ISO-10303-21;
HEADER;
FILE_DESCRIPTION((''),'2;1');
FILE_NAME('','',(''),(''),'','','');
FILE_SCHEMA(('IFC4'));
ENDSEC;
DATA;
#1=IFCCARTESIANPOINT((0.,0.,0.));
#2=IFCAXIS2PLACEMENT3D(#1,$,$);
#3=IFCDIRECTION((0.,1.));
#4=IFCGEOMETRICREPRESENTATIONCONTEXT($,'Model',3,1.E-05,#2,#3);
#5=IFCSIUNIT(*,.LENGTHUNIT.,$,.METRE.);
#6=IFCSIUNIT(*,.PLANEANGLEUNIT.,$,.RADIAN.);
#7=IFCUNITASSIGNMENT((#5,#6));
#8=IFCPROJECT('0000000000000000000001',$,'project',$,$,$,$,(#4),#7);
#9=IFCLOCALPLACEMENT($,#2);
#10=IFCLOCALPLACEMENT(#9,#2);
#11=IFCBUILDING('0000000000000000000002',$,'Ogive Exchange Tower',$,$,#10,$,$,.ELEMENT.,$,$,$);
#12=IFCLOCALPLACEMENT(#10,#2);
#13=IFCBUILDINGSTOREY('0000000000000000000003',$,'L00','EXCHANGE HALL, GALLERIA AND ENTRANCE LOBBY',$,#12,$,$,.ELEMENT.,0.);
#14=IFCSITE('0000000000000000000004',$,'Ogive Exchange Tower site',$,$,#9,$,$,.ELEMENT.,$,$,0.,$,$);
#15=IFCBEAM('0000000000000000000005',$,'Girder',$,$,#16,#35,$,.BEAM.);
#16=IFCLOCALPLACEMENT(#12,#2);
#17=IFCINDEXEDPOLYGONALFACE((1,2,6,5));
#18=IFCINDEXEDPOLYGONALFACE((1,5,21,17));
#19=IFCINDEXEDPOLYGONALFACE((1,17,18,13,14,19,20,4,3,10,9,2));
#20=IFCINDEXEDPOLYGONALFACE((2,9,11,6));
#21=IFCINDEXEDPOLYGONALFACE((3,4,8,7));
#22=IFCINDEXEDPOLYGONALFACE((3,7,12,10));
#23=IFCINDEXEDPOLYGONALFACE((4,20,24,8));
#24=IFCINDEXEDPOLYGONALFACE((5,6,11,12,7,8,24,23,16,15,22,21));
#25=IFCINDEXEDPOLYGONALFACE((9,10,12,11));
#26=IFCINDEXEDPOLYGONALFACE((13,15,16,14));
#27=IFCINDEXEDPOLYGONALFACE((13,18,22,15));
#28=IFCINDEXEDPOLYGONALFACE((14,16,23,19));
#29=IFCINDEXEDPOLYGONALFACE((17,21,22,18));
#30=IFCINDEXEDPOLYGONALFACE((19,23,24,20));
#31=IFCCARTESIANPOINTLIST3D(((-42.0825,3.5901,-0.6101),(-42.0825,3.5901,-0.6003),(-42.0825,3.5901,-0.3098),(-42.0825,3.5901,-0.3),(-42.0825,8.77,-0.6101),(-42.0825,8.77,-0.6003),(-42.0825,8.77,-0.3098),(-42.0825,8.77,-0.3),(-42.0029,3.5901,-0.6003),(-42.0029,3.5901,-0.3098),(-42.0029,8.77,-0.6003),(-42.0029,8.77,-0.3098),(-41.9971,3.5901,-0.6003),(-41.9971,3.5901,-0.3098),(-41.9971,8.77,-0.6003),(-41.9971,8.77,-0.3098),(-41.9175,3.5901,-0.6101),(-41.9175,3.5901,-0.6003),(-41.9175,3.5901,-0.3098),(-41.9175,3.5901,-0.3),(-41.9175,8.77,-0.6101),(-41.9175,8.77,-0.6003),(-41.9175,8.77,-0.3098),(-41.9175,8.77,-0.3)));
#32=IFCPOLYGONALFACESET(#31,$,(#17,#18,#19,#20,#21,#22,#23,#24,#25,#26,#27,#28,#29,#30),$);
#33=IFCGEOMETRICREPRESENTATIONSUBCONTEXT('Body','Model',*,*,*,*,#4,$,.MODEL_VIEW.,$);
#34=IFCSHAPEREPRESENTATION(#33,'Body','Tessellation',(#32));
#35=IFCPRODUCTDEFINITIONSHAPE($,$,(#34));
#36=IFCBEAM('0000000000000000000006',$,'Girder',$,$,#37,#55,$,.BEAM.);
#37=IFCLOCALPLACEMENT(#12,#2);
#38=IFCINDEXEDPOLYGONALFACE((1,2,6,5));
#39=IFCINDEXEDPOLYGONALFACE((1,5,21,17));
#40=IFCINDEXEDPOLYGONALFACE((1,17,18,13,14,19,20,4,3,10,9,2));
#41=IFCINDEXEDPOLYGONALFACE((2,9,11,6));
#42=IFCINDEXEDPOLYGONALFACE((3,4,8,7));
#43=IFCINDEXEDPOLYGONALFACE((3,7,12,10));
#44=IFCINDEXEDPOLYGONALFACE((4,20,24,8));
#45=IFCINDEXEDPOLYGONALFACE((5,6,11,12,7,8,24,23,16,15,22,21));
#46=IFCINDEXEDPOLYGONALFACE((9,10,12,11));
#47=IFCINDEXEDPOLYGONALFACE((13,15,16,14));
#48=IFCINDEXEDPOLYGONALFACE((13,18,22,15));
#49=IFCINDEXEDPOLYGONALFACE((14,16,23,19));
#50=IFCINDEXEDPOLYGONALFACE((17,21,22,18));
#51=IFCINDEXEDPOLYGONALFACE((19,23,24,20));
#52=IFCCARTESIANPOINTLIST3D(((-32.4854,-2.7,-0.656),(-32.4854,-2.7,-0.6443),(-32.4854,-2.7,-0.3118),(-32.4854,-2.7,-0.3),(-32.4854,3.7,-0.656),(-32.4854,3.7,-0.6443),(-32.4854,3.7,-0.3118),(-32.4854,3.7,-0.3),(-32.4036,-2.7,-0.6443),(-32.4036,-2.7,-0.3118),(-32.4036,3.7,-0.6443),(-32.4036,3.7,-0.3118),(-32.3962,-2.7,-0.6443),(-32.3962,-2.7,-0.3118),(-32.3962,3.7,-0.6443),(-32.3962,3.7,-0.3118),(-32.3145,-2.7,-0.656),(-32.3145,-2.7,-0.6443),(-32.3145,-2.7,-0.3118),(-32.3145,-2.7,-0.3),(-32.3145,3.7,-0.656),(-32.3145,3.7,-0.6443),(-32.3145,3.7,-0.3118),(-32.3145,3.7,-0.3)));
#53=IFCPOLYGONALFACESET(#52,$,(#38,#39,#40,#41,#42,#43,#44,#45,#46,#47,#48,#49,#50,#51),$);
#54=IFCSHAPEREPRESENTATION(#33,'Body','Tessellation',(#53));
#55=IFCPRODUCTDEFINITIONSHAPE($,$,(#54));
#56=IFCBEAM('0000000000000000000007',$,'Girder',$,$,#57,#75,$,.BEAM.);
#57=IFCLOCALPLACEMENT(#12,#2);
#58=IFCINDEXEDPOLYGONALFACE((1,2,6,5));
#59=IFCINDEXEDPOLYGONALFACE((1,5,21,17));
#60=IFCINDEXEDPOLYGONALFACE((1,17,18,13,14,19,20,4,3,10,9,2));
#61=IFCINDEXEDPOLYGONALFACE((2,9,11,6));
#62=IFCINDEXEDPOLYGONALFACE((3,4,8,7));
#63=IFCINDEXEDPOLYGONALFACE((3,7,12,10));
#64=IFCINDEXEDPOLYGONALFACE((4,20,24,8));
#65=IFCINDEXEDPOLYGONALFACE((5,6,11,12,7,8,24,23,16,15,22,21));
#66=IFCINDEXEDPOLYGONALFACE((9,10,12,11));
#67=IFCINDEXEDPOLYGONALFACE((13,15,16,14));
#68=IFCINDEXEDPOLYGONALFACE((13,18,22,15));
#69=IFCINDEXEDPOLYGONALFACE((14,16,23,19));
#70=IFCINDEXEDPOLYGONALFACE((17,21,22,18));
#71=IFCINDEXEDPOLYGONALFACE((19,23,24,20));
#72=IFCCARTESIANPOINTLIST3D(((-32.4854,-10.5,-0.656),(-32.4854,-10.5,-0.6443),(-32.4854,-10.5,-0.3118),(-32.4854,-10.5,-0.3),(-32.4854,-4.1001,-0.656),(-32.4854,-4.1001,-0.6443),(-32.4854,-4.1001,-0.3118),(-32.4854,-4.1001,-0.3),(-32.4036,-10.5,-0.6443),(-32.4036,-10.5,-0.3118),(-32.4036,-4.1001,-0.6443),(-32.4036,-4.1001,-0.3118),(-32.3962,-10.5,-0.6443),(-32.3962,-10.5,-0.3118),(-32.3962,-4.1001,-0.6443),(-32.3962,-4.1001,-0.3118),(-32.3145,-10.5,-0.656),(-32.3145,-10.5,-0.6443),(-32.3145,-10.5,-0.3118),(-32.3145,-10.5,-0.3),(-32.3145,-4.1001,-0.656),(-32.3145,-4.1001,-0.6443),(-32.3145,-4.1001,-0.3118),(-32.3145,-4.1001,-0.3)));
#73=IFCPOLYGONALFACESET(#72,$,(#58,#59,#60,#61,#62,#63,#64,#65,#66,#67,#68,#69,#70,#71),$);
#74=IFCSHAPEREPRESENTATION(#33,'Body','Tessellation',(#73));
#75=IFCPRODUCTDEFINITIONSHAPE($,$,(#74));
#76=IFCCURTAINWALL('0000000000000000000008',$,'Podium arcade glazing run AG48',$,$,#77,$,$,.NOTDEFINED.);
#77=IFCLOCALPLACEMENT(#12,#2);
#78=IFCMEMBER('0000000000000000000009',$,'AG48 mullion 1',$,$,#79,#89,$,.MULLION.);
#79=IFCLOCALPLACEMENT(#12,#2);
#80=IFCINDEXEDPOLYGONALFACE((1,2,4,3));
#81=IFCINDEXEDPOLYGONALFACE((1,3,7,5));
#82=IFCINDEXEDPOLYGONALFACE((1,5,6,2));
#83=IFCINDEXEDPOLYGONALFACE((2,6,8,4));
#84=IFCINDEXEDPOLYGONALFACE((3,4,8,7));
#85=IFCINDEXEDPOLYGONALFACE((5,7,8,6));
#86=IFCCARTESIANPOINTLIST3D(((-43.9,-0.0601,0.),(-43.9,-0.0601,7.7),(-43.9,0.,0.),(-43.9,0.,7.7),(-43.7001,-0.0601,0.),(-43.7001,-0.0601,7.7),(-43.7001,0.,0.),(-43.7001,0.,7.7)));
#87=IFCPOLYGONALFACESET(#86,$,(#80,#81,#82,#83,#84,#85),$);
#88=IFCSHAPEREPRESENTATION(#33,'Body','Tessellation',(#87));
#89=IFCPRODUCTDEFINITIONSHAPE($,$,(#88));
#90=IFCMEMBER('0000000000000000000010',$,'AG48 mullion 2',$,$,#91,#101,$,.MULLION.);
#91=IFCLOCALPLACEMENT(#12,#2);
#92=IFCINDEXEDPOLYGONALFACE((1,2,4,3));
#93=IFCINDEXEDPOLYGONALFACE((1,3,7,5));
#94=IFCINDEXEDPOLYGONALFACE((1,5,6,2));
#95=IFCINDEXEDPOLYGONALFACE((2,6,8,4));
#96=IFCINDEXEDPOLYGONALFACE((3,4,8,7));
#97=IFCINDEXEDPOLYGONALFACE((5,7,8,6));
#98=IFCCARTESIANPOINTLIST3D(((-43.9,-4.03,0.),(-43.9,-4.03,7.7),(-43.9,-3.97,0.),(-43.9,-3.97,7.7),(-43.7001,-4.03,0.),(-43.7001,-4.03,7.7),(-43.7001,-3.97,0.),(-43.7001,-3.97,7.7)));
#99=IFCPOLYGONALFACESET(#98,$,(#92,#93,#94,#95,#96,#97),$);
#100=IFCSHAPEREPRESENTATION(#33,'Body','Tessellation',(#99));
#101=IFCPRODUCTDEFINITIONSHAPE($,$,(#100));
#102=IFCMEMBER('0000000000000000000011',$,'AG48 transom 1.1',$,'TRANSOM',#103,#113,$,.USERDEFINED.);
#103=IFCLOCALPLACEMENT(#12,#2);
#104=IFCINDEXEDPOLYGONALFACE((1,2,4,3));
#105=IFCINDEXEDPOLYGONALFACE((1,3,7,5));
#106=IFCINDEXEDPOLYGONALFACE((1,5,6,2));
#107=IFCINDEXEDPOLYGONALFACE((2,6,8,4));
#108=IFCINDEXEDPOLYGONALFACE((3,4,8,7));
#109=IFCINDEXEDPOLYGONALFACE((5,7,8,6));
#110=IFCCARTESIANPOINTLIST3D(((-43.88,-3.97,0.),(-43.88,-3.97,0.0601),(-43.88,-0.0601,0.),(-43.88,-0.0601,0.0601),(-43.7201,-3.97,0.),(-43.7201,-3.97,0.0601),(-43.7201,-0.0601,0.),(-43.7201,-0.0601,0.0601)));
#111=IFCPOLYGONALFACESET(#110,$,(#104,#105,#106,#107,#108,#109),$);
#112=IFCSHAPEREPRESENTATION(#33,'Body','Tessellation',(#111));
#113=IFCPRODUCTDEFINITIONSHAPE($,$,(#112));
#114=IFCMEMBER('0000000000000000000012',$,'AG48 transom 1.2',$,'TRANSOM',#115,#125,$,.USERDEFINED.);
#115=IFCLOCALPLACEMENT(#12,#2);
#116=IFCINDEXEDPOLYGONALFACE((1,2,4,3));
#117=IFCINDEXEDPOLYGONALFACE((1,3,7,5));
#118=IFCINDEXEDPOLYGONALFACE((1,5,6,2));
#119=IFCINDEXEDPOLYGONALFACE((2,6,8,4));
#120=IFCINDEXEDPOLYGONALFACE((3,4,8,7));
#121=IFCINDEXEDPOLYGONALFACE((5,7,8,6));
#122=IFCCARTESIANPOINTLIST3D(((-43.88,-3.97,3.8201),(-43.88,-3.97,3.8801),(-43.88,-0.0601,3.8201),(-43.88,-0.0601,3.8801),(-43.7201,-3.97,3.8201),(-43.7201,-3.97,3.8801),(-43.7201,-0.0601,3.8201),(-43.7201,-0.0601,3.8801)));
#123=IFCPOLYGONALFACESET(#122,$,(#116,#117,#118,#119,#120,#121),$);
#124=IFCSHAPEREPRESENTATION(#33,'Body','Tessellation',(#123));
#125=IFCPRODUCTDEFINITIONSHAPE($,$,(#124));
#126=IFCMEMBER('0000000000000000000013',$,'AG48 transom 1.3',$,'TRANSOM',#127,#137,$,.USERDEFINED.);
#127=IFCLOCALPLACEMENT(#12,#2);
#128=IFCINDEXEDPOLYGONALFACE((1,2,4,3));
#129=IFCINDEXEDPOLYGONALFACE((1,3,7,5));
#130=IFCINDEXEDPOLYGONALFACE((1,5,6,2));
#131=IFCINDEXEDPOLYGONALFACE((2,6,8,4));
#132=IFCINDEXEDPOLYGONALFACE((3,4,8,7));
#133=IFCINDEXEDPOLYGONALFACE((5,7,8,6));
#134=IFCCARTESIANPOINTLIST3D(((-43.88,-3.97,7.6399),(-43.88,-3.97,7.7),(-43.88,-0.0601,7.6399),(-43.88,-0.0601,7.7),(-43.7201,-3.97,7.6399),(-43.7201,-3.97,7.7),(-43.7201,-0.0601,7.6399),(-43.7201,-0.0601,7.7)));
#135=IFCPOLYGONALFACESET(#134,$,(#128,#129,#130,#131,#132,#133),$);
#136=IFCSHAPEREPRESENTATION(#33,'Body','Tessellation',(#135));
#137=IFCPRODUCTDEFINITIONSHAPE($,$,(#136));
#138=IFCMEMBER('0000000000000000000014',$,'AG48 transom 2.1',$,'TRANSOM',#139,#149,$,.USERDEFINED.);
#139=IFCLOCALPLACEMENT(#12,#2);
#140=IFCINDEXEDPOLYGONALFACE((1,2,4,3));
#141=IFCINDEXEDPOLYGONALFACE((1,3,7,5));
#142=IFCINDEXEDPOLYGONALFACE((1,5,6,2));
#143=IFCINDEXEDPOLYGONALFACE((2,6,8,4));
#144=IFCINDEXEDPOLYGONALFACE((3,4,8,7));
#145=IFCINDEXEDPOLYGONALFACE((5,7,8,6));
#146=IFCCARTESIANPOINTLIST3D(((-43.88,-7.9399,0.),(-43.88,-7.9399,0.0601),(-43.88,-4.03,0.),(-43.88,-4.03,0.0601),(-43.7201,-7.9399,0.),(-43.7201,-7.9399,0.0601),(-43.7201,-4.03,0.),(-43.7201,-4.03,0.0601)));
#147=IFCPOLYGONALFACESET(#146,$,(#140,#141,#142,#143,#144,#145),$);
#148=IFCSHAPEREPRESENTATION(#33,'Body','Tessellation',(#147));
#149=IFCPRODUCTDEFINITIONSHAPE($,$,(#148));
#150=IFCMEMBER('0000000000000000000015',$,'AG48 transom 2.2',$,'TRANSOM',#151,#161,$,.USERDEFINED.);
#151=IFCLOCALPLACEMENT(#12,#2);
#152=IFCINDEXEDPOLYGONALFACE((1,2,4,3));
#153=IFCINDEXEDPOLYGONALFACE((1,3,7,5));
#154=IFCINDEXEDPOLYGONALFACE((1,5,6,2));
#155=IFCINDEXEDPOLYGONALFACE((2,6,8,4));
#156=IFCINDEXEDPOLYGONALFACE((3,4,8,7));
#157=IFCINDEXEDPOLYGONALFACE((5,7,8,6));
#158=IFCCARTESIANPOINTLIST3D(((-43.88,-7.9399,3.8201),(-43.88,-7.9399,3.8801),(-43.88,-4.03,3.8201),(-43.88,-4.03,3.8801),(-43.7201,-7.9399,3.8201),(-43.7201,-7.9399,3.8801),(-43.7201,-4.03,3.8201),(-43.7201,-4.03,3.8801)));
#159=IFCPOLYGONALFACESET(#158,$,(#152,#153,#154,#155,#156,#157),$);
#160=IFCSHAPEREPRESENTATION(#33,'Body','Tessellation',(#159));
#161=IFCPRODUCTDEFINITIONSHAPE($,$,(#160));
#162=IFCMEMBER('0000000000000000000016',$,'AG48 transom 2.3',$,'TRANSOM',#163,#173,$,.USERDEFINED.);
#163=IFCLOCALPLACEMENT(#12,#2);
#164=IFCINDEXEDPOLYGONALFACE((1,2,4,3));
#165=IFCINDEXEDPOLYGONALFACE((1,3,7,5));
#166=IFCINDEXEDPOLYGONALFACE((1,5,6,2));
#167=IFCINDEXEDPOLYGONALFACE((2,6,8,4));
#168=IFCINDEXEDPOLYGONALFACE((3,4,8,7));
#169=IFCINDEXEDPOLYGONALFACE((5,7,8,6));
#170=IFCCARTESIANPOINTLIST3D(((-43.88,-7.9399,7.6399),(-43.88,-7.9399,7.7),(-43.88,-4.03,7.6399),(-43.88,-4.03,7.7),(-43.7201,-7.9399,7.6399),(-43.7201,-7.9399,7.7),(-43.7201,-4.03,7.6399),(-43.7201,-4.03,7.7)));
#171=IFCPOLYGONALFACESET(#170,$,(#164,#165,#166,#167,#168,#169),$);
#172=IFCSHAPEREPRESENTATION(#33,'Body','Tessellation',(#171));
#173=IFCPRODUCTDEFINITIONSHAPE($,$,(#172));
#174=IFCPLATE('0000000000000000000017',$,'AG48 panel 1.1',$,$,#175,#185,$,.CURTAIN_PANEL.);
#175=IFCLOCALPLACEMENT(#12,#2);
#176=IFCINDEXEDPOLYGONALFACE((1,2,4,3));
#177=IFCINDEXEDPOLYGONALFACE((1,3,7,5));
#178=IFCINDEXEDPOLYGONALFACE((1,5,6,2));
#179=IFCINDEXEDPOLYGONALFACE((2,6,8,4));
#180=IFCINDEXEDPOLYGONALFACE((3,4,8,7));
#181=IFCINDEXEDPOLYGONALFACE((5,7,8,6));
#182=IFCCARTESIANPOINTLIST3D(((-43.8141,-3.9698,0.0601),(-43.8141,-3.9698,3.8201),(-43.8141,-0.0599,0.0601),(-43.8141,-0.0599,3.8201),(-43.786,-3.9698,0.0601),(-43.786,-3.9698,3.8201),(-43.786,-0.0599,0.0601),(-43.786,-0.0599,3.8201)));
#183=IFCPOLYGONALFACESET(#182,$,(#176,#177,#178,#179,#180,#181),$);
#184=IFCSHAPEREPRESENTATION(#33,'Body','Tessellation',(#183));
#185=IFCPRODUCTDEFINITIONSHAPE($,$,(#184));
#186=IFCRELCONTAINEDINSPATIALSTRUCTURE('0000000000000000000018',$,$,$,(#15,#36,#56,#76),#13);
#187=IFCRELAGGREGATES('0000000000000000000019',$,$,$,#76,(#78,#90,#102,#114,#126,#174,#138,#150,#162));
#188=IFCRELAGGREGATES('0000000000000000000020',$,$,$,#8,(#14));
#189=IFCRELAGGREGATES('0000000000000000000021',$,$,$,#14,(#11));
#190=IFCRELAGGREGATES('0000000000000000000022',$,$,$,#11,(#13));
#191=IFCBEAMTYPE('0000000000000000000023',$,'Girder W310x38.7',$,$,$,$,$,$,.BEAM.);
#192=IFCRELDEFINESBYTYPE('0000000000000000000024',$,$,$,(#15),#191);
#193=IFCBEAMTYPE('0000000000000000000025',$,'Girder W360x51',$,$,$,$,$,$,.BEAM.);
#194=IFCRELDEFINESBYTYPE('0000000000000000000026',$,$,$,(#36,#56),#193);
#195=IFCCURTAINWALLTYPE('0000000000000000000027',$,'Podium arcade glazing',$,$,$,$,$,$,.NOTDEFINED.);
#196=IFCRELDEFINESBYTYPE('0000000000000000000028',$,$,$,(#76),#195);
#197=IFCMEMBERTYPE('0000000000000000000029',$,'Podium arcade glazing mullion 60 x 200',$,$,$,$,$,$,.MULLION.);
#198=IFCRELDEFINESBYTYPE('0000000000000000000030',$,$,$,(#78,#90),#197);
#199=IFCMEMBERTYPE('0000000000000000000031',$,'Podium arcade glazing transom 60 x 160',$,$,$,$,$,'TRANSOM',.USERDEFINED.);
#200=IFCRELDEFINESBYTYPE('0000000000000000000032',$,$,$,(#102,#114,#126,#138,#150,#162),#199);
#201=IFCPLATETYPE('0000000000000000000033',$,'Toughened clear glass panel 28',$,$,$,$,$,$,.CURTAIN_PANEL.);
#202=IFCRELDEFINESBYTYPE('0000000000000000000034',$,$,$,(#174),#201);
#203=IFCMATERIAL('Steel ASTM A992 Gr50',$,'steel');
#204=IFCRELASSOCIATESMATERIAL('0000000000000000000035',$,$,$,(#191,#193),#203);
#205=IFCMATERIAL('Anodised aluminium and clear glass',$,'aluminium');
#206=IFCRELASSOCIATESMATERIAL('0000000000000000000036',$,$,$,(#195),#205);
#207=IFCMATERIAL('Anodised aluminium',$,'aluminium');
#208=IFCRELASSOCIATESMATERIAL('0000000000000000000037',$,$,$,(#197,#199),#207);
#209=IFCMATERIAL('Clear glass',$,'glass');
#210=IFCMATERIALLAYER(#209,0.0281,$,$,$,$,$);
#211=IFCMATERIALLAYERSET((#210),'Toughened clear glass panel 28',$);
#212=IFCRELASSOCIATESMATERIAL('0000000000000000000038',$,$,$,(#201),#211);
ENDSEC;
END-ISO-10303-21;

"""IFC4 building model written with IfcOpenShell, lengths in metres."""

from ifc_helpers import new_model, si_unit, direction, frame, origin, origin_2d, place, context, subcontext, project, spatial, rectangle, i_section, extrude, material, layer, layer_set, material_profile, profile_set, type_object, element, aggregate, save


model = new_model("IFC4")

# Units and contexts
model_context = context("Model", 3, precision=1e-05, world=origin(), true_north=direction((0.0, 1.0)))
body_context = subcontext(model_context, "Body", "Model", "MODEL_VIEW")
ifc_project = project(units=[si_unit("LENGTHUNIT", "METRE"), si_unit("PLANEANGLEUNIT", "RADIAN")], contexts=[model_context])

# Site, building, storey
site_placement = place(None, origin())
site = spatial("IfcSite", under=ifc_project, at=site_placement, Name="Ogive Exchange Tower site", CompositionType="ELEMENT", RefElevation=0.0)
building_placement = place(site_placement, origin())
building = spatial("IfcBuilding", under=site, at=building_placement, Name="Ogive Exchange Tower", CompositionType="ELEMENT")
storey_placement = place(building_placement, origin())
storey = spatial("IfcBuildingStorey", under=building, at=storey_placement, Name="L00", Description="EXCHANGE HALL, GALLERIA AND ENTRANCE LOBBY", CompositionType="ELEMENT", Elevation=0.0)

# Beams
ifc_material_1 = material(Name="Steel ASTM A992 Gr50", Category="steel")
ifc_material_profile_1 = material_profile(ifc_material_1, i_section(OverallWidth=0.165, OverallDepth=0.3101, WebThickness=0.0059, FlangeThickness=0.0098, at=origin_2d()), Name="W310x38.7")
ifc_profile_set_1 = profile_set([ifc_material_profile_1], Name="Steel ASTM A992 Gr50")
beam_type_1 = type_object("IfcBeamType", Name="Girder W310x38.7", PredefinedType="BEAM", material=ifc_profile_set_1)
beam_1_placement = place(storey_placement, frame((-42.0, 3.5901, -0.4551), z_axis=(0.0, 1.0, 0.0), x_axis=(-1.0, 0.0, 0.0)))
element("IfcBeam", 1, at=beam_1_placement, inside=storey, type_object=beam_type_1, Name="Girder", PredefinedType="BEAM", context=body_context, shape_type="SweptSolid", body=[
    extrude(i_section(OverallWidth=0.165, OverallDepth=0.3101, WebThickness=0.0059, FlangeThickness=0.0098, at=origin_2d()), origin(), (0.0, 0.0, 1.0), 5.1799),
])
ifc_material_profile_2 = material_profile(ifc_material_1, i_section(OverallWidth=0.1709, OverallDepth=0.356, WebThickness=0.0073, FlangeThickness=0.0117, at=origin_2d()), Name="W360x51")
ifc_profile_set_2 = profile_set([ifc_material_profile_2], Name="Steel ASTM A992 Gr50")
beam_type_2 = type_object("IfcBeamType", Name="Girder W360x51", PredefinedType="BEAM", material=ifc_profile_set_2)
for number, where, z_axis, x_axis, name in (
    (2, (-32.3999, 3.7, -0.478), (0.0, -1.0, 0.0), (1.0, 0.0, 0.0), "Girder"),
    (3, (-32.3999, -4.1001, -0.478), (0.0, -1.0, 0.0), (1.0, 0.0, 0.0), "Girder"),
):
    element("IfcBeam", number, at=place(storey_placement, frame(where, z_axis=z_axis, x_axis=x_axis)), inside=storey, type_object=beam_type_2, Name=name, PredefinedType="BEAM", context=body_context, shape_type="SweptSolid", body=[
        extrude(i_section(OverallWidth=0.1709, OverallDepth=0.356, WebThickness=0.0073, FlangeThickness=0.0117, at=origin_2d()), origin(), (0.0, 0.0, 1.0), 6.3999),
    ])

# Curtain wall, members, plate
ifc_material_2 = material(Name="Anodised aluminium and clear glass", Category="aluminium")
curtain_wall_type = type_object("IfcCurtainWallType", Name="Podium arcade glazing", PredefinedType="NOTDEFINED", material=ifc_material_2)
curtain_wall_placement = place(storey_placement, origin())
curtain_wall = element("IfcCurtainWall", 4, at=curtain_wall_placement, inside=storey, type_object=curtain_wall_type, Name="Podium arcade glazing run AG48", PredefinedType="NOTDEFINED")
ifc_material_3 = material(Name="Anodised aluminium", Category="aluminium")
ifc_material_profile_3 = material_profile(ifc_material_3, rectangle(XDim=0.2, YDim=0.0601, at=origin_2d()), Name="AL 60x200")
ifc_profile_set_3 = profile_set([ifc_material_profile_3], Name="Anodised aluminium")
member_type_1 = type_object("IfcMemberType", Name="Podium arcade glazing mullion 60 x 200", PredefinedType="MULLION", material=ifc_profile_set_3)
member_1_placement = place(storey_placement, frame((-43.8, -0.03, 0.0), z_axis=(0.0, 0.0, 1.0), x_axis=(1.0, 0.0, 0.0)))
member_1 = element("IfcMember", 5, at=member_1_placement, type_object=member_type_1, Name="AG48 mullion 1", PredefinedType="MULLION", context=body_context, shape_type="SweptSolid", body=[
    extrude(rectangle(XDim=0.2, YDim=0.0601, at=origin_2d()), origin(), (0.0, 0.0, 1.0), 7.7),
])
member_2_placement = place(storey_placement, frame((-43.8, -4.0, 0.0), z_axis=(0.0, 0.0, 1.0), x_axis=(1.0, 0.0, 0.0)))
member_2 = element("IfcMember", 6, at=member_2_placement, type_object=member_type_1, Name="AG48 mullion 2", PredefinedType="MULLION", context=body_context, shape_type="SweptSolid", body=[
    extrude(rectangle(XDim=0.2, YDim=0.0601, at=origin_2d()), origin(), (0.0, 0.0, 1.0), 7.7),
])
ifc_material_profile_4 = material_profile(ifc_material_3, rectangle(XDim=0.1599, YDim=0.0601, at=origin_2d()), Name="AL 60x160")
ifc_profile_set_4 = profile_set([ifc_material_profile_4], Name="Anodised aluminium")
member_type_2 = type_object("IfcMemberType", Name="Podium arcade glazing transom 60 x 160", ElementType="TRANSOM", PredefinedType="USERDEFINED", material=ifc_profile_set_4)
member_3_placement = place(storey_placement, frame((-43.8, -0.0601, 0.03), z_axis=(0.0, -1.0, 0.0), x_axis=(1.0, 0.0, 0.0)))
member_3 = element("IfcMember", 7, at=member_3_placement, type_object=member_type_2, Name="AG48 transom 1.1", ObjectType="TRANSOM", PredefinedType="USERDEFINED", context=body_context, shape_type="SweptSolid", body=[
    extrude(rectangle(XDim=0.1599, YDim=0.0601, at=origin_2d()), origin(), (0.0, 0.0, 1.0), 3.9099),
])
member_4_placement = place(storey_placement, frame((-43.8, -0.0601, 3.8501), z_axis=(0.0, -1.0, 0.0), x_axis=(1.0, 0.0, 0.0)))
member_4 = element("IfcMember", 8, at=member_4_placement, type_object=member_type_2, Name="AG48 transom 1.2", ObjectType="TRANSOM", PredefinedType="USERDEFINED", context=body_context, shape_type="SweptSolid", body=[
    extrude(rectangle(XDim=0.1599, YDim=0.0601, at=origin_2d()), origin(), (0.0, 0.0, 1.0), 3.9099),
])
member_5_placement = place(storey_placement, frame((-43.8, -0.0601, 7.6699), z_axis=(0.0, -1.0, 0.0), x_axis=(1.0, 0.0, 0.0)))
member_5 = element("IfcMember", 9, at=member_5_placement, type_object=member_type_2, Name="AG48 transom 1.3", ObjectType="TRANSOM", PredefinedType="USERDEFINED", context=body_context, shape_type="SweptSolid", body=[
    extrude(rectangle(XDim=0.1599, YDim=0.0601, at=origin_2d()), origin(), (0.0, 0.0, 1.0), 3.9099),
])
member_6_placement = place(storey_placement, frame((-43.8, -4.03, 0.03), z_axis=(0.0, -1.0, 0.0), x_axis=(1.0, 0.0, 0.0)))
member_6 = element("IfcMember", 10, at=member_6_placement, type_object=member_type_2, Name="AG48 transom 2.1", ObjectType="TRANSOM", PredefinedType="USERDEFINED", context=body_context, shape_type="SweptSolid", body=[
    extrude(rectangle(XDim=0.1599, YDim=0.0601, at=origin_2d()), origin(), (0.0, 0.0, 1.0), 3.9099),
])
member_7_placement = place(storey_placement, frame((-43.8, -4.03, 3.8501), z_axis=(0.0, -1.0, 0.0), x_axis=(1.0, 0.0, 0.0)))
member_7 = element("IfcMember", 11, at=member_7_placement, type_object=member_type_2, Name="AG48 transom 2.2", ObjectType="TRANSOM", PredefinedType="USERDEFINED", context=body_context, shape_type="SweptSolid", body=[
    extrude(rectangle(XDim=0.1599, YDim=0.0601, at=origin_2d()), origin(), (0.0, 0.0, 1.0), 3.9099),
])
member_8_placement = place(storey_placement, frame((-43.8, -4.03, 7.6699), z_axis=(0.0, -1.0, 0.0), x_axis=(1.0, 0.0, 0.0)))
member_8 = element("IfcMember", 12, at=member_8_placement, type_object=member_type_2, Name="AG48 transom 2.3", ObjectType="TRANSOM", PredefinedType="USERDEFINED", context=body_context, shape_type="SweptSolid", body=[
    extrude(rectangle(XDim=0.1599, YDim=0.0601, at=origin_2d()), origin(), (0.0, 0.0, 1.0), 3.9099),
])
ifc_material_4 = material(Name="Clear glass", Category="glass")
ifc_layer_1 = layer(ifc_material_4, 0.0281)
ifc_layer_set_1 = layer_set([ifc_layer_1], Name="Toughened clear glass panel 28")
plate_type = type_object("IfcPlateType", Name="Toughened clear glass panel 28", PredefinedType="CURTAIN_PANEL", material=ifc_layer_set_1)
plate_1_placement = place(storey_placement, frame((-43.8, -2.0149, 0.0601), z_axis=(0.0, 0.0, 1.0), x_axis=(0.0, -1.0, 0.0)))
plate_1 = element("IfcPlate", 13, at=plate_1_placement, type_object=plate_type, Name="AG48 panel 1.1", PredefinedType="CURTAIN_PANEL", context=body_context, shape_type="SweptSolid", body=[
    extrude(rectangle(XDim=3.9099, YDim=0.0281, at=origin_2d()), origin(), (0.0, 0.0, 1.0), 3.76),
])
aggregate(curtain_wall, [member_1, member_2, member_3, member_4, member_5, plate_1, member_6, member_7, member_8])

save(model, "model.ifc")
